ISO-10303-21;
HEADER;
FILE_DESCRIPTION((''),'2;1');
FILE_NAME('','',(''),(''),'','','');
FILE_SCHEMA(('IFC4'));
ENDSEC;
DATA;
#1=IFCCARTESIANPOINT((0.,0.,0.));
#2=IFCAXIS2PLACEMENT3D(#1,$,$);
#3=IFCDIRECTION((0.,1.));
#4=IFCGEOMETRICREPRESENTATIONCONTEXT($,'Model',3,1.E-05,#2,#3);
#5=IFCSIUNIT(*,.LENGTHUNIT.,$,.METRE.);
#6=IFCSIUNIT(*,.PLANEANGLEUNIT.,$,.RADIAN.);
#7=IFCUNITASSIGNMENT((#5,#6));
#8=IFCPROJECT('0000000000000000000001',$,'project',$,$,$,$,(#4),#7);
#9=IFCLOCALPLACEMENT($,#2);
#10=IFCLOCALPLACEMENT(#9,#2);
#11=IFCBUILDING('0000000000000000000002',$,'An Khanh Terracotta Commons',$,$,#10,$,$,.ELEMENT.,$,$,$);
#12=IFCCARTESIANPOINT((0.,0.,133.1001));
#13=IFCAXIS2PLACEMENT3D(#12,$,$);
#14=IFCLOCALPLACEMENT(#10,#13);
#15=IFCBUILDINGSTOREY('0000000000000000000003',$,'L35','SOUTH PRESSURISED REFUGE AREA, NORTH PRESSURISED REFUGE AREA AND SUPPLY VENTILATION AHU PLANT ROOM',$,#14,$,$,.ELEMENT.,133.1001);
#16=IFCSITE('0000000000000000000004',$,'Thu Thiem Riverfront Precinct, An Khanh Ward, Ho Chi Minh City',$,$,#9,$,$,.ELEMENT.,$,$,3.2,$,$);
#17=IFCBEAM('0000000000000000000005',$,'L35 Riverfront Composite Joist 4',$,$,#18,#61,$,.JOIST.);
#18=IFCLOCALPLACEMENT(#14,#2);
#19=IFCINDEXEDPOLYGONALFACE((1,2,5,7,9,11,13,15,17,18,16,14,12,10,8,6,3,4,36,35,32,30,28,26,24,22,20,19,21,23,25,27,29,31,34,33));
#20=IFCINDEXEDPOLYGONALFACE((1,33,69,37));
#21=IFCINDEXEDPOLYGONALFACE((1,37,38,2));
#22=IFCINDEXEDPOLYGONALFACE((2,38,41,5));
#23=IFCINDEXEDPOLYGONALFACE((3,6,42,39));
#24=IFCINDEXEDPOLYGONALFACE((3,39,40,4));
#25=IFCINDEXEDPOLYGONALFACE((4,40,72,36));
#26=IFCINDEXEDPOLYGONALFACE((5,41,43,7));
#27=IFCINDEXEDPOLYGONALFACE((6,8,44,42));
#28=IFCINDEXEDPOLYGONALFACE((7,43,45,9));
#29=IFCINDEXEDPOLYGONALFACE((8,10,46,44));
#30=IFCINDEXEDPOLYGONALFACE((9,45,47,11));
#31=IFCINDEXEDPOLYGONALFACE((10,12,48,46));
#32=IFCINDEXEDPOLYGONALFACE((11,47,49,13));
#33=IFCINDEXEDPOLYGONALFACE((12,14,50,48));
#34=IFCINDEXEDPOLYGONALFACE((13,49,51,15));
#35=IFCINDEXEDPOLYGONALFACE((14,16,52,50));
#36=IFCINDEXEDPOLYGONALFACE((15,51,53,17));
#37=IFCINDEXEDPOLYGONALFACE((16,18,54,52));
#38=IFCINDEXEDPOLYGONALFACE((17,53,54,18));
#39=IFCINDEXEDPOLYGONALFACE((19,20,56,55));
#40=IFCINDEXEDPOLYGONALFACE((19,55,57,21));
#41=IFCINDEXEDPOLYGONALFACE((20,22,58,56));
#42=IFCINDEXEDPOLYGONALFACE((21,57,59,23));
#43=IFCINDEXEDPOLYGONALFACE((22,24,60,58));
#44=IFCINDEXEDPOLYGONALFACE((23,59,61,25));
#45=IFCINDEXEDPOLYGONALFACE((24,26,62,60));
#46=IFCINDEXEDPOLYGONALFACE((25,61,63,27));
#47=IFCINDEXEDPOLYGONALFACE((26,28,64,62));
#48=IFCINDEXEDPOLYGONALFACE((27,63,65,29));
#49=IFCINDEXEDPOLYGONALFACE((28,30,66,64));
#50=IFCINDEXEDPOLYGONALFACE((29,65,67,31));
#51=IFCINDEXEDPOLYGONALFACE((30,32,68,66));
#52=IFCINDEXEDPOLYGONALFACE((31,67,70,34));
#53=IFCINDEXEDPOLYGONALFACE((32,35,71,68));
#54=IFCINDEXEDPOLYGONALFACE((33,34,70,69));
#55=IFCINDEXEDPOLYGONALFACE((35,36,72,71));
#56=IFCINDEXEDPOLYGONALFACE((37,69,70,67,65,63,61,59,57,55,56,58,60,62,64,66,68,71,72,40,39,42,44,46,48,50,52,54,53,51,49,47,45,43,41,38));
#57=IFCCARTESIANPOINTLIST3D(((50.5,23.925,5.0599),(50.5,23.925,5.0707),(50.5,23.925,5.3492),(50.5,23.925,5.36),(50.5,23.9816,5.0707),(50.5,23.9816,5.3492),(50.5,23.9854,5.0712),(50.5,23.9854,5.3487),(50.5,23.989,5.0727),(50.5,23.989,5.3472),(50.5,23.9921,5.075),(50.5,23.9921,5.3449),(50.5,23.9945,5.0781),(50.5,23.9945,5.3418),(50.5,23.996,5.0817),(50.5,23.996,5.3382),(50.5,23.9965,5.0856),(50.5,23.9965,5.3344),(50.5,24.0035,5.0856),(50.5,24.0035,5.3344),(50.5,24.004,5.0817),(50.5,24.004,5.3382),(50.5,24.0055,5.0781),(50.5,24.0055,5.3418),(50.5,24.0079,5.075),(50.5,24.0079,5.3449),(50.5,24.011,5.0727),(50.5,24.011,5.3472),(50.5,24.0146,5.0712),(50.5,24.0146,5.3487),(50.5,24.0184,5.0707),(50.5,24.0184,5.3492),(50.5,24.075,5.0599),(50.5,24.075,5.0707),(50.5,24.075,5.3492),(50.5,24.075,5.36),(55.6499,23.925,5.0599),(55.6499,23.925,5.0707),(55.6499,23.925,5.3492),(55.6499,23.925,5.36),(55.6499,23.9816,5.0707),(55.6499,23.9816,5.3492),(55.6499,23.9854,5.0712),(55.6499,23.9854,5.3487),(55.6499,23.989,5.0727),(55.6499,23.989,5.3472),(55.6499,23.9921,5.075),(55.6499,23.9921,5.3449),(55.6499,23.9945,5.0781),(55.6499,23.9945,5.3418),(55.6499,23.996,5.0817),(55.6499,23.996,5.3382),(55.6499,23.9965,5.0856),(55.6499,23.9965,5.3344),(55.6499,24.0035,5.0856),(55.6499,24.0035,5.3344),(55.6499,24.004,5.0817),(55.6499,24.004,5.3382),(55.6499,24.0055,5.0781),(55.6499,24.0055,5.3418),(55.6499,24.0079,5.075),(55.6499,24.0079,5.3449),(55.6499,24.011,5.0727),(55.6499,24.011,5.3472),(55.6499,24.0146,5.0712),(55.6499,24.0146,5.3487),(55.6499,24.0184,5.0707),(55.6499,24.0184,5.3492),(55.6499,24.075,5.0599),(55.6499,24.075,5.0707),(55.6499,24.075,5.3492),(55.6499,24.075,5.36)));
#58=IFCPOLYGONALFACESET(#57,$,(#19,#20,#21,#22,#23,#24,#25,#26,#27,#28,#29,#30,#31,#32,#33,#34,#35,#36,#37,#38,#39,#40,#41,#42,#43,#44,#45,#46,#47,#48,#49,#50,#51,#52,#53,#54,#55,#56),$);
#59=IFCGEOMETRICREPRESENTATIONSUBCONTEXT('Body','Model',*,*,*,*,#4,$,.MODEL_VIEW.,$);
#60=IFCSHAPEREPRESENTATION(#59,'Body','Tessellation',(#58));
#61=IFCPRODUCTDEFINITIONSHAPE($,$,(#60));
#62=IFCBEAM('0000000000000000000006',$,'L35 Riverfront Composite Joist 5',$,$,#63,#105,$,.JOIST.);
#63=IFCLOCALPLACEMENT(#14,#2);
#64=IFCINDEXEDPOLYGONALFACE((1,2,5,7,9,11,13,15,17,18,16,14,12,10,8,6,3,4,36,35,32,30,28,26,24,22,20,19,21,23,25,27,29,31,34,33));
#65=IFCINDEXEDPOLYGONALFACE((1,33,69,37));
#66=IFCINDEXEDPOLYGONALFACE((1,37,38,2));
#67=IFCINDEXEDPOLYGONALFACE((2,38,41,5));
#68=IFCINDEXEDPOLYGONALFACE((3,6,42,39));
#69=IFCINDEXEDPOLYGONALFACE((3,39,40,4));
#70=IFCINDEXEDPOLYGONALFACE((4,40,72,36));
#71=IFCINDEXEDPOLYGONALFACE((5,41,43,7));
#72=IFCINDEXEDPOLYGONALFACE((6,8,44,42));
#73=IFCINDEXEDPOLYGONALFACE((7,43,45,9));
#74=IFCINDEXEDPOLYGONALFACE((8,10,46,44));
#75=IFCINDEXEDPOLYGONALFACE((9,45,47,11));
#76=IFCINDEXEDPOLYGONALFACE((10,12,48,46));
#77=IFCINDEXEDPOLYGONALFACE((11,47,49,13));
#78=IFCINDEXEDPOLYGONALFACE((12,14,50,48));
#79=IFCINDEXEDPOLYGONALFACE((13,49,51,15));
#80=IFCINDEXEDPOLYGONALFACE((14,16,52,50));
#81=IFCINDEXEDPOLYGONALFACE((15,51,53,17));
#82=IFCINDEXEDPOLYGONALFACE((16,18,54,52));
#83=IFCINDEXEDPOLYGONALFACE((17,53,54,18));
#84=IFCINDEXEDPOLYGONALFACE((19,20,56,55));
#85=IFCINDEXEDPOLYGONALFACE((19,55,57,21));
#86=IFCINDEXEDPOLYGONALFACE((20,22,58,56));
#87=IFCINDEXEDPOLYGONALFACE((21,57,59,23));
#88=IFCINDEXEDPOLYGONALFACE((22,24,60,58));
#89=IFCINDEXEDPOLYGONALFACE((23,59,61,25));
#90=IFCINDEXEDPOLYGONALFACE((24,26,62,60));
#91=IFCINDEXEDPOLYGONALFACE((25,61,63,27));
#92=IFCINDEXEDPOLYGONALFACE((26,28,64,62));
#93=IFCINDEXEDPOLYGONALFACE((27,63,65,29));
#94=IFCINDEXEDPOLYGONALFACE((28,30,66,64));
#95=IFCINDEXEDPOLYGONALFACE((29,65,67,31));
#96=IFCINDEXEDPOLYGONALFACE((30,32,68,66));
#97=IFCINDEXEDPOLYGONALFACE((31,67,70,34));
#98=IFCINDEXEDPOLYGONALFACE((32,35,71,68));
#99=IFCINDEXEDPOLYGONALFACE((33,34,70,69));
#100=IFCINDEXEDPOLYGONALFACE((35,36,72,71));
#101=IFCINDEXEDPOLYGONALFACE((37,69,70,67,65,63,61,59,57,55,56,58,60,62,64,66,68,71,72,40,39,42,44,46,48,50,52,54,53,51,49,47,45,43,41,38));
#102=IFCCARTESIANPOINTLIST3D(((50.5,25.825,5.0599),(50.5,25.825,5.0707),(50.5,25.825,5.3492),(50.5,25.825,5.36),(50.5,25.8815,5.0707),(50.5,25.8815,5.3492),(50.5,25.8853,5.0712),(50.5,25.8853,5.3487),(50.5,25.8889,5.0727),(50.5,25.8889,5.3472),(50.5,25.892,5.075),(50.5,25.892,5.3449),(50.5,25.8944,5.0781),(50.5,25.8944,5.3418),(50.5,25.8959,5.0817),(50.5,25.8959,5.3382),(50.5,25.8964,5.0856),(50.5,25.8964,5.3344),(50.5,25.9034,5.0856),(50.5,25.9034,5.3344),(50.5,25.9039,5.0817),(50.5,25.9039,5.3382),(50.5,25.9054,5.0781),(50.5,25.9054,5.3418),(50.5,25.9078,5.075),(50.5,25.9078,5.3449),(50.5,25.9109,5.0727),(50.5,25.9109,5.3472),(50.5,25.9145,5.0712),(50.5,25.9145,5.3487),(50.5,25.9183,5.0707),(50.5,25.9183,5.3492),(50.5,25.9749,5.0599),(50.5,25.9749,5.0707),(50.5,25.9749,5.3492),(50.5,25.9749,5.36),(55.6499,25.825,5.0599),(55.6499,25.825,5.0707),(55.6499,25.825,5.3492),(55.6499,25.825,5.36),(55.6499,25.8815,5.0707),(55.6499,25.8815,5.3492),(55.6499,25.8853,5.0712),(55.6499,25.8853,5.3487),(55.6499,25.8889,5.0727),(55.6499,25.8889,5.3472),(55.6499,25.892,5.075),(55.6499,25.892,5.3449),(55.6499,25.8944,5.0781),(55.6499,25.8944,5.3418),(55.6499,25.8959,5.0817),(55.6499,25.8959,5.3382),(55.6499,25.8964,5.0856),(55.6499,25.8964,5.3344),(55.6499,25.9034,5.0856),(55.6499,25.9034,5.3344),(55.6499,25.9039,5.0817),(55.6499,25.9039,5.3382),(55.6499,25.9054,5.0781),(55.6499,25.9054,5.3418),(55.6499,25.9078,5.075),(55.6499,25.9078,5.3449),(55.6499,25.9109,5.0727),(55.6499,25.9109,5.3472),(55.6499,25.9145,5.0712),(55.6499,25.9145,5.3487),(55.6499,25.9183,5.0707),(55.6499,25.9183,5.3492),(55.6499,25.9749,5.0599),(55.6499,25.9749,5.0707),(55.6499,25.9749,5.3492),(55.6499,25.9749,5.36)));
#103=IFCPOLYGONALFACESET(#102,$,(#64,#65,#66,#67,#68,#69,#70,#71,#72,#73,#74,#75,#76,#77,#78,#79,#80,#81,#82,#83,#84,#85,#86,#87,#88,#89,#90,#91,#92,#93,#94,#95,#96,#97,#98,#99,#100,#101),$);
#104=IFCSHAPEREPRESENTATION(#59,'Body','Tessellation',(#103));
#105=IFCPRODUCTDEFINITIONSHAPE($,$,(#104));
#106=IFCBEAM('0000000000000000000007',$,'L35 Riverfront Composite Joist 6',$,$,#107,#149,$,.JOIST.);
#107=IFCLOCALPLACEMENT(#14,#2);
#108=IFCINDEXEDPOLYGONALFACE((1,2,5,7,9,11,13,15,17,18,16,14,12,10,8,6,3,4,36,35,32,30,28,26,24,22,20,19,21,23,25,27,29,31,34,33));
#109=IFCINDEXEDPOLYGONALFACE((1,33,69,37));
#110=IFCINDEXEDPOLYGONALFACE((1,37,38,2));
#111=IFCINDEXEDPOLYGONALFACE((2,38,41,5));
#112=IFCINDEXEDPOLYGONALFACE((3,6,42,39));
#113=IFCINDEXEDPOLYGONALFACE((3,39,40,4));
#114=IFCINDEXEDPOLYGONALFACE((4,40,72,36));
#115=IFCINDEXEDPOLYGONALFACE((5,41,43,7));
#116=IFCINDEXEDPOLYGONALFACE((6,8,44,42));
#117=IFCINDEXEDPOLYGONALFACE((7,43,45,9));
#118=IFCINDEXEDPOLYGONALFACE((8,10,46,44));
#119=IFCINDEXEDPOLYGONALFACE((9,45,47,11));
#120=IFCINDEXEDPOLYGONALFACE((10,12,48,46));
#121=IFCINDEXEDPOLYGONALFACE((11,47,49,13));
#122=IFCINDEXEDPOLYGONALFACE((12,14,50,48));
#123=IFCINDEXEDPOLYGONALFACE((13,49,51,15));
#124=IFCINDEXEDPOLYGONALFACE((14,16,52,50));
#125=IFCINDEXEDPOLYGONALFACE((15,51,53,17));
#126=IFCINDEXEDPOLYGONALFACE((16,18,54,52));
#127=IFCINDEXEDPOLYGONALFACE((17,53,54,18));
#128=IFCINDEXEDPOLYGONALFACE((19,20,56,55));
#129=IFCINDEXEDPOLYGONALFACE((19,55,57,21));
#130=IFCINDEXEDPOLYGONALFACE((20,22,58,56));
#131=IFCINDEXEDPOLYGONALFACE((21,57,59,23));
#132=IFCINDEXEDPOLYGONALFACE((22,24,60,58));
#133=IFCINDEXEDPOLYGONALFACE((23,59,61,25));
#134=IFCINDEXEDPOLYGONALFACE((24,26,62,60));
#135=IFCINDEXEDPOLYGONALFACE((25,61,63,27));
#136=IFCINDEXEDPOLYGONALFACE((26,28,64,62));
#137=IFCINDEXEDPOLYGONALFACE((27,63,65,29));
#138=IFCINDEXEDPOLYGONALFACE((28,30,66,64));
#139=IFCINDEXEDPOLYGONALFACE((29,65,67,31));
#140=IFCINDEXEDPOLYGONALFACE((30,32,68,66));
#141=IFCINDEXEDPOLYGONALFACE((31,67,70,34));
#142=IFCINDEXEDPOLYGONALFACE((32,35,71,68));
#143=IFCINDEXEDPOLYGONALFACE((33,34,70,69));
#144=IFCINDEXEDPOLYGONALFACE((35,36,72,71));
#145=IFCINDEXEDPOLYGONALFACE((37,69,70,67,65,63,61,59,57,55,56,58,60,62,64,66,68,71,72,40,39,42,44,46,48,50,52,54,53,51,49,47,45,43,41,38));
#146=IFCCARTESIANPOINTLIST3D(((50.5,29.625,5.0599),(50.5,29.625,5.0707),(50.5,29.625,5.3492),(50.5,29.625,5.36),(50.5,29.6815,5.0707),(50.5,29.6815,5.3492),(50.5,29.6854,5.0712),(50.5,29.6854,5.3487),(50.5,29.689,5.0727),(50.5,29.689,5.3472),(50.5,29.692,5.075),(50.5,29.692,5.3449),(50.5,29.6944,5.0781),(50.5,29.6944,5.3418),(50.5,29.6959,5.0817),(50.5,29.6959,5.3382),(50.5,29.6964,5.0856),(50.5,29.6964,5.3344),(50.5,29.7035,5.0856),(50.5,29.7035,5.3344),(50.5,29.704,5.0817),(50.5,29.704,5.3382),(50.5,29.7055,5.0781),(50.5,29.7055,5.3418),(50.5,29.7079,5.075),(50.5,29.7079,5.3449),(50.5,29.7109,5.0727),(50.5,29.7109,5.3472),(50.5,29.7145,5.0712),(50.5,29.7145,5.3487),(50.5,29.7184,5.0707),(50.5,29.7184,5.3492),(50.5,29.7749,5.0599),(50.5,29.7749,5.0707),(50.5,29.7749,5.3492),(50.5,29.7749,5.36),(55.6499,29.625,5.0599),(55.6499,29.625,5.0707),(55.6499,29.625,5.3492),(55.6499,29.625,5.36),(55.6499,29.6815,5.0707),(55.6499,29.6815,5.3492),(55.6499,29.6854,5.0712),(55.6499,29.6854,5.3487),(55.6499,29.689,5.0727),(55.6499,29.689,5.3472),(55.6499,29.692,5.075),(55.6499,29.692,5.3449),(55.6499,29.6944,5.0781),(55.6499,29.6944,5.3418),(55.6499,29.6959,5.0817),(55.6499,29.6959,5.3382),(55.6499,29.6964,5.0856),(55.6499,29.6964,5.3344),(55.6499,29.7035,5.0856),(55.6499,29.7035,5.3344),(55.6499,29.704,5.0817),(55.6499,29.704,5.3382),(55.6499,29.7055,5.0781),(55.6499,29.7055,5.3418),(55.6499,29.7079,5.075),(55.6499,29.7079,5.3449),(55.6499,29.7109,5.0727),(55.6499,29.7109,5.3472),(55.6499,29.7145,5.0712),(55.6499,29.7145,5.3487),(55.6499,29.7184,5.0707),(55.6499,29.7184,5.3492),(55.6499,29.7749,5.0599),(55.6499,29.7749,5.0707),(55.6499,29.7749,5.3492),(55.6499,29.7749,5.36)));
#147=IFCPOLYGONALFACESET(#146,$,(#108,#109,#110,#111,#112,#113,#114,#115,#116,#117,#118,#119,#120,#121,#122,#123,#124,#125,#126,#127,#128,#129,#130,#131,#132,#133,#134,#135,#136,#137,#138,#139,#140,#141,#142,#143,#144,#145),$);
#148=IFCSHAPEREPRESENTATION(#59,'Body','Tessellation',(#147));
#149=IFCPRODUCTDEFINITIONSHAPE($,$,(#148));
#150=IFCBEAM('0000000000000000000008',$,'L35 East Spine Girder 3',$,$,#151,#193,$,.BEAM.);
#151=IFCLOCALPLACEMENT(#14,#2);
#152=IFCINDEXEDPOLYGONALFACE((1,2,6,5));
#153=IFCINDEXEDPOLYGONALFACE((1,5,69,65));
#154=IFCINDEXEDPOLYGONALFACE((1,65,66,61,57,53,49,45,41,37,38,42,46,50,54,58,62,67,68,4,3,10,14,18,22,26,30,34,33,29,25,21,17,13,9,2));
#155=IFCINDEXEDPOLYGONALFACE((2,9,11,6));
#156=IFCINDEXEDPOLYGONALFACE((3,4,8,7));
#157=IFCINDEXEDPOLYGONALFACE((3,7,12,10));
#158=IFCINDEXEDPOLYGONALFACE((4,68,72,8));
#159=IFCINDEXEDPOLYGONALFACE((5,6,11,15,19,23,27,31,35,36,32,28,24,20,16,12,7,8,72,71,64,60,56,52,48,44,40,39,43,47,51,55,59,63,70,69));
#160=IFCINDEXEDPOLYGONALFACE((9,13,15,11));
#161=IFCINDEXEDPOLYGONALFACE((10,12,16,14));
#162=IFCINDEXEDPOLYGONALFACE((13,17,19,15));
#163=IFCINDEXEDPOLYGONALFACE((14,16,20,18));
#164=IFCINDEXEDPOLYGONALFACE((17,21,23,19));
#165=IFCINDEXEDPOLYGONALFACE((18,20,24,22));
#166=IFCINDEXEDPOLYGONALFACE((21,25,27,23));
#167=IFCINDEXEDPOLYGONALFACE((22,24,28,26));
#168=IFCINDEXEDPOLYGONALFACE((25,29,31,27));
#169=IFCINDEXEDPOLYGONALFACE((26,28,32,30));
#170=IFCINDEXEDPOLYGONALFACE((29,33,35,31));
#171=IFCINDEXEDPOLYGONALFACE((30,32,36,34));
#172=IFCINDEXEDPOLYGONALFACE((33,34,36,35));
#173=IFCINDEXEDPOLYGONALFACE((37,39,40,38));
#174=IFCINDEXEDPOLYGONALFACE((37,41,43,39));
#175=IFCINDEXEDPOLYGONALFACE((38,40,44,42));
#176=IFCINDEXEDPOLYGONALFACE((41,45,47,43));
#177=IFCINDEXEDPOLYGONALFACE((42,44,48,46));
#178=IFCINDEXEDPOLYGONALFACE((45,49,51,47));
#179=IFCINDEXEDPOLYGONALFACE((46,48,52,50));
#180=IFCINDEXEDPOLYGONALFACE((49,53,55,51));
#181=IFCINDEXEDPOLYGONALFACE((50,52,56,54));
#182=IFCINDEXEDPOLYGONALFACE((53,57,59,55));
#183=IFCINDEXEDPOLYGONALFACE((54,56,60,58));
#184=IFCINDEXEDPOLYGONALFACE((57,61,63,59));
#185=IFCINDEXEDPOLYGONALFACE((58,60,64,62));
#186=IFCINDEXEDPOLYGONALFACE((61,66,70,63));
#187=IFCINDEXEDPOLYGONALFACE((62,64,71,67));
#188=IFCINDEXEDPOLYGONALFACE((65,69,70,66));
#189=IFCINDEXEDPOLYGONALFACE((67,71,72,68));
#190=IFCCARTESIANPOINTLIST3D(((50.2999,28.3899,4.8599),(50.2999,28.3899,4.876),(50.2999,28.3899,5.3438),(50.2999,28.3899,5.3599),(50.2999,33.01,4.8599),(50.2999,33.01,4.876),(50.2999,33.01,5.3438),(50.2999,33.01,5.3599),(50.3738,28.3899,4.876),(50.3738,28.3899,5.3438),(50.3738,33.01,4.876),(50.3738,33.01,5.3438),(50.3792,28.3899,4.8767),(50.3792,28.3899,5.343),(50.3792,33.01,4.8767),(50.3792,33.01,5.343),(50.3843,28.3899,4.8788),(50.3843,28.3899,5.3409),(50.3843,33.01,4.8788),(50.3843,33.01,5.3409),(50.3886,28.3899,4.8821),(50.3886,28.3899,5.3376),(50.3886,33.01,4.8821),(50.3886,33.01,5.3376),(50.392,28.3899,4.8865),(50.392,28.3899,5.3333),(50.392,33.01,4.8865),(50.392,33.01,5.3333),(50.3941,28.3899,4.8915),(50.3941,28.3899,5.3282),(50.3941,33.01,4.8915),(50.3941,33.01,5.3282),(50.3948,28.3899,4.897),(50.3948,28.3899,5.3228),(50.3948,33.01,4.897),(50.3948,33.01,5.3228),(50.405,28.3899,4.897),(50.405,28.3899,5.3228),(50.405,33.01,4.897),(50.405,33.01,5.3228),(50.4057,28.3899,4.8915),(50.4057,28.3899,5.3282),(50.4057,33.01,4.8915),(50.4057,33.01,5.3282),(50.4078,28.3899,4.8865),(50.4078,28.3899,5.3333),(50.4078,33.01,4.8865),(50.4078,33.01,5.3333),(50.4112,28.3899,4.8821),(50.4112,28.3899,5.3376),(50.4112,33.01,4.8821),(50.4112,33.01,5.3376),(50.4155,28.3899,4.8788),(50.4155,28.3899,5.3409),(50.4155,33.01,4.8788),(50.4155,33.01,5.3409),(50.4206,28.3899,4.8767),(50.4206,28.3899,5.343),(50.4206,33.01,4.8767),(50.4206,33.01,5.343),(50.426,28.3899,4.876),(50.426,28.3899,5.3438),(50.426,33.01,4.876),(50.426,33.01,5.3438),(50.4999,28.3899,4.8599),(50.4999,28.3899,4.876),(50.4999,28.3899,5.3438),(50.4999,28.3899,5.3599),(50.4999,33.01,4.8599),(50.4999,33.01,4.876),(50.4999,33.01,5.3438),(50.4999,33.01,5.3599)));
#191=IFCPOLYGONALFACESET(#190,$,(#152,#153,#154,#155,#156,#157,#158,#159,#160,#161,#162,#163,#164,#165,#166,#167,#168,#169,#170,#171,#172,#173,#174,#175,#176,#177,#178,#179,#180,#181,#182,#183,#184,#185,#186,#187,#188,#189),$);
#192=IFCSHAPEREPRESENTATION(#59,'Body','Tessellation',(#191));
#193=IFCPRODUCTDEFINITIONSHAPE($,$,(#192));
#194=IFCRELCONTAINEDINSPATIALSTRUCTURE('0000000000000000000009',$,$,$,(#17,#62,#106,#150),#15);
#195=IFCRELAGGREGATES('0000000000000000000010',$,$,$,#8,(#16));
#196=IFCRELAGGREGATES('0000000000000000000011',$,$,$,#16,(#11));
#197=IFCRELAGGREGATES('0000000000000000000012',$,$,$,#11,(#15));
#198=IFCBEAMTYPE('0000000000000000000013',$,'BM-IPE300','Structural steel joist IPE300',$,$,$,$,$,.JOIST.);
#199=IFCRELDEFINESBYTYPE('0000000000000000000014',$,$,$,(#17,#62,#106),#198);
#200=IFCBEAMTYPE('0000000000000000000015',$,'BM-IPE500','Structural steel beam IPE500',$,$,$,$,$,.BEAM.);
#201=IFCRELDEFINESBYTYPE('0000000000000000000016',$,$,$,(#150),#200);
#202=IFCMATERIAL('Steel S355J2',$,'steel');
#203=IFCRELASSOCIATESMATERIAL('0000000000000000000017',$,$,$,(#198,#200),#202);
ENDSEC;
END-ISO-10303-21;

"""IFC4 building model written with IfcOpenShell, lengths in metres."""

from ifc_helpers import new_model, si_unit, direction, frame, origin, origin_2d, place, context, subcontext, project, spatial, i_section, extrude, material, material_profile, profile_set, type_object, element, save


model = new_model("IFC4")

# Units and contexts
model_context = context("Model", 3, precision=1e-05, world=origin(), true_north=direction((0.0, 1.0)))
body_context = subcontext(model_context, "Body", "Model", "MODEL_VIEW")
ifc_project = project(units=[si_unit("LENGTHUNIT", "METRE"), si_unit("PLANEANGLEUNIT", "RADIAN")], contexts=[model_context])

# Site, building, storey
site_placement = place(None, origin())
site = spatial("IfcSite", under=ifc_project, at=site_placement, Name="Thu Thiem Riverfront Precinct, An Khanh Ward, Ho Chi Minh City", CompositionType="ELEMENT", RefElevation=3.2)
building_placement = place(site_placement, origin())
building = spatial("IfcBuilding", under=site, at=building_placement, Name="An Khanh Terracotta Commons", CompositionType="ELEMENT")
storey_placement = place(building_placement, frame((0.0, 0.0, 133.1001)))
storey = spatial("IfcBuildingStorey", under=building, at=storey_placement, Name="L35", Description="SOUTH PRESSURISED REFUGE AREA, NORTH PRESSURISED REFUGE AREA AND SUPPLY VENTILATION AHU PLANT ROOM", CompositionType="ELEMENT", Elevation=133.1001)

# Beams
ifc_material_1 = material(Name="Steel S355J2", Category="steel")
ifc_material_profile_1 = material_profile(ifc_material_1, i_section(OverallWidth=0.1499, OverallDepth=0.3, WebThickness=0.0071, FlangeThickness=0.0107, FilletRadius=0.0149, at=origin_2d()), Name="IPE300")
ifc_profile_set_1 = profile_set([ifc_material_profile_1], Name="Steel S355J2")
beam_type_1 = type_object("IfcBeamType", Name="BM-IPE300", Description="Structural steel joist IPE300", PredefinedType="JOIST", material=ifc_profile_set_1)
for number, where, z_axis, x_axis, name in (
    (1, (50.5, 24.0, 5.21), (1.0, 0.0, 0.0), (0.0, 1.0, 0.0), "L35 Riverfront Composite Joist 4"),
    (2, (50.5, 25.8999, 5.21), (1.0, 0.0, 0.0), (0.0, 1.0, 0.0), "L35 Riverfront Composite Joist 5"),
    (3, (50.5, 29.7, 5.21), (1.0, 0.0, 0.0), (0.0, 1.0, 0.0), "L35 Riverfront Composite Joist 6"),
):
    element("IfcBeam", number, at=place(storey_placement, frame(where, z_axis=z_axis, x_axis=x_axis)), inside=storey, type_object=beam_type_1, Name=name, PredefinedType="JOIST", context=body_context, shape_type="SweptSolid", body=[
        extrude(i_section(OverallWidth=0.1499, OverallDepth=0.3, WebThickness=0.0071, FlangeThickness=0.0107, FilletRadius=0.0149, at=origin_2d()), origin(), (0.0, 0.0, 1.0), 5.1499),
    ])
ifc_material_profile_2 = material_profile(ifc_material_1, i_section(OverallWidth=0.2, OverallDepth=0.5, WebThickness=0.0103, FlangeThickness=0.0161, FilletRadius=0.021, at=origin_2d()), Name="IPE500")
ifc_profile_set_2 = profile_set([ifc_material_profile_2], Name="Steel S355J2")
beam_type_2 = type_object("IfcBeamType", Name="BM-IPE500", Description="Structural steel beam IPE500", PredefinedType="BEAM", material=ifc_profile_set_2)
beam_1_placement = place(storey_placement, frame((50.3999, 28.3899, 5.1099), z_axis=(0.0, 1.0, 0.0), x_axis=(-1.0, 0.0, 0.0)))
element("IfcBeam", 4, at=beam_1_placement, inside=storey, type_object=beam_type_2, Name="L35 East Spine Girder 3", PredefinedType="BEAM", context=body_context, shape_type="SweptSolid", body=[
    extrude(i_section(OverallWidth=0.2, OverallDepth=0.5, WebThickness=0.0103, FlangeThickness=0.0161, FilletRadius=0.021, at=origin_2d()), origin(), (0.0, 0.0, 1.0), 4.6201),
])

save(model, "model.ifc")
